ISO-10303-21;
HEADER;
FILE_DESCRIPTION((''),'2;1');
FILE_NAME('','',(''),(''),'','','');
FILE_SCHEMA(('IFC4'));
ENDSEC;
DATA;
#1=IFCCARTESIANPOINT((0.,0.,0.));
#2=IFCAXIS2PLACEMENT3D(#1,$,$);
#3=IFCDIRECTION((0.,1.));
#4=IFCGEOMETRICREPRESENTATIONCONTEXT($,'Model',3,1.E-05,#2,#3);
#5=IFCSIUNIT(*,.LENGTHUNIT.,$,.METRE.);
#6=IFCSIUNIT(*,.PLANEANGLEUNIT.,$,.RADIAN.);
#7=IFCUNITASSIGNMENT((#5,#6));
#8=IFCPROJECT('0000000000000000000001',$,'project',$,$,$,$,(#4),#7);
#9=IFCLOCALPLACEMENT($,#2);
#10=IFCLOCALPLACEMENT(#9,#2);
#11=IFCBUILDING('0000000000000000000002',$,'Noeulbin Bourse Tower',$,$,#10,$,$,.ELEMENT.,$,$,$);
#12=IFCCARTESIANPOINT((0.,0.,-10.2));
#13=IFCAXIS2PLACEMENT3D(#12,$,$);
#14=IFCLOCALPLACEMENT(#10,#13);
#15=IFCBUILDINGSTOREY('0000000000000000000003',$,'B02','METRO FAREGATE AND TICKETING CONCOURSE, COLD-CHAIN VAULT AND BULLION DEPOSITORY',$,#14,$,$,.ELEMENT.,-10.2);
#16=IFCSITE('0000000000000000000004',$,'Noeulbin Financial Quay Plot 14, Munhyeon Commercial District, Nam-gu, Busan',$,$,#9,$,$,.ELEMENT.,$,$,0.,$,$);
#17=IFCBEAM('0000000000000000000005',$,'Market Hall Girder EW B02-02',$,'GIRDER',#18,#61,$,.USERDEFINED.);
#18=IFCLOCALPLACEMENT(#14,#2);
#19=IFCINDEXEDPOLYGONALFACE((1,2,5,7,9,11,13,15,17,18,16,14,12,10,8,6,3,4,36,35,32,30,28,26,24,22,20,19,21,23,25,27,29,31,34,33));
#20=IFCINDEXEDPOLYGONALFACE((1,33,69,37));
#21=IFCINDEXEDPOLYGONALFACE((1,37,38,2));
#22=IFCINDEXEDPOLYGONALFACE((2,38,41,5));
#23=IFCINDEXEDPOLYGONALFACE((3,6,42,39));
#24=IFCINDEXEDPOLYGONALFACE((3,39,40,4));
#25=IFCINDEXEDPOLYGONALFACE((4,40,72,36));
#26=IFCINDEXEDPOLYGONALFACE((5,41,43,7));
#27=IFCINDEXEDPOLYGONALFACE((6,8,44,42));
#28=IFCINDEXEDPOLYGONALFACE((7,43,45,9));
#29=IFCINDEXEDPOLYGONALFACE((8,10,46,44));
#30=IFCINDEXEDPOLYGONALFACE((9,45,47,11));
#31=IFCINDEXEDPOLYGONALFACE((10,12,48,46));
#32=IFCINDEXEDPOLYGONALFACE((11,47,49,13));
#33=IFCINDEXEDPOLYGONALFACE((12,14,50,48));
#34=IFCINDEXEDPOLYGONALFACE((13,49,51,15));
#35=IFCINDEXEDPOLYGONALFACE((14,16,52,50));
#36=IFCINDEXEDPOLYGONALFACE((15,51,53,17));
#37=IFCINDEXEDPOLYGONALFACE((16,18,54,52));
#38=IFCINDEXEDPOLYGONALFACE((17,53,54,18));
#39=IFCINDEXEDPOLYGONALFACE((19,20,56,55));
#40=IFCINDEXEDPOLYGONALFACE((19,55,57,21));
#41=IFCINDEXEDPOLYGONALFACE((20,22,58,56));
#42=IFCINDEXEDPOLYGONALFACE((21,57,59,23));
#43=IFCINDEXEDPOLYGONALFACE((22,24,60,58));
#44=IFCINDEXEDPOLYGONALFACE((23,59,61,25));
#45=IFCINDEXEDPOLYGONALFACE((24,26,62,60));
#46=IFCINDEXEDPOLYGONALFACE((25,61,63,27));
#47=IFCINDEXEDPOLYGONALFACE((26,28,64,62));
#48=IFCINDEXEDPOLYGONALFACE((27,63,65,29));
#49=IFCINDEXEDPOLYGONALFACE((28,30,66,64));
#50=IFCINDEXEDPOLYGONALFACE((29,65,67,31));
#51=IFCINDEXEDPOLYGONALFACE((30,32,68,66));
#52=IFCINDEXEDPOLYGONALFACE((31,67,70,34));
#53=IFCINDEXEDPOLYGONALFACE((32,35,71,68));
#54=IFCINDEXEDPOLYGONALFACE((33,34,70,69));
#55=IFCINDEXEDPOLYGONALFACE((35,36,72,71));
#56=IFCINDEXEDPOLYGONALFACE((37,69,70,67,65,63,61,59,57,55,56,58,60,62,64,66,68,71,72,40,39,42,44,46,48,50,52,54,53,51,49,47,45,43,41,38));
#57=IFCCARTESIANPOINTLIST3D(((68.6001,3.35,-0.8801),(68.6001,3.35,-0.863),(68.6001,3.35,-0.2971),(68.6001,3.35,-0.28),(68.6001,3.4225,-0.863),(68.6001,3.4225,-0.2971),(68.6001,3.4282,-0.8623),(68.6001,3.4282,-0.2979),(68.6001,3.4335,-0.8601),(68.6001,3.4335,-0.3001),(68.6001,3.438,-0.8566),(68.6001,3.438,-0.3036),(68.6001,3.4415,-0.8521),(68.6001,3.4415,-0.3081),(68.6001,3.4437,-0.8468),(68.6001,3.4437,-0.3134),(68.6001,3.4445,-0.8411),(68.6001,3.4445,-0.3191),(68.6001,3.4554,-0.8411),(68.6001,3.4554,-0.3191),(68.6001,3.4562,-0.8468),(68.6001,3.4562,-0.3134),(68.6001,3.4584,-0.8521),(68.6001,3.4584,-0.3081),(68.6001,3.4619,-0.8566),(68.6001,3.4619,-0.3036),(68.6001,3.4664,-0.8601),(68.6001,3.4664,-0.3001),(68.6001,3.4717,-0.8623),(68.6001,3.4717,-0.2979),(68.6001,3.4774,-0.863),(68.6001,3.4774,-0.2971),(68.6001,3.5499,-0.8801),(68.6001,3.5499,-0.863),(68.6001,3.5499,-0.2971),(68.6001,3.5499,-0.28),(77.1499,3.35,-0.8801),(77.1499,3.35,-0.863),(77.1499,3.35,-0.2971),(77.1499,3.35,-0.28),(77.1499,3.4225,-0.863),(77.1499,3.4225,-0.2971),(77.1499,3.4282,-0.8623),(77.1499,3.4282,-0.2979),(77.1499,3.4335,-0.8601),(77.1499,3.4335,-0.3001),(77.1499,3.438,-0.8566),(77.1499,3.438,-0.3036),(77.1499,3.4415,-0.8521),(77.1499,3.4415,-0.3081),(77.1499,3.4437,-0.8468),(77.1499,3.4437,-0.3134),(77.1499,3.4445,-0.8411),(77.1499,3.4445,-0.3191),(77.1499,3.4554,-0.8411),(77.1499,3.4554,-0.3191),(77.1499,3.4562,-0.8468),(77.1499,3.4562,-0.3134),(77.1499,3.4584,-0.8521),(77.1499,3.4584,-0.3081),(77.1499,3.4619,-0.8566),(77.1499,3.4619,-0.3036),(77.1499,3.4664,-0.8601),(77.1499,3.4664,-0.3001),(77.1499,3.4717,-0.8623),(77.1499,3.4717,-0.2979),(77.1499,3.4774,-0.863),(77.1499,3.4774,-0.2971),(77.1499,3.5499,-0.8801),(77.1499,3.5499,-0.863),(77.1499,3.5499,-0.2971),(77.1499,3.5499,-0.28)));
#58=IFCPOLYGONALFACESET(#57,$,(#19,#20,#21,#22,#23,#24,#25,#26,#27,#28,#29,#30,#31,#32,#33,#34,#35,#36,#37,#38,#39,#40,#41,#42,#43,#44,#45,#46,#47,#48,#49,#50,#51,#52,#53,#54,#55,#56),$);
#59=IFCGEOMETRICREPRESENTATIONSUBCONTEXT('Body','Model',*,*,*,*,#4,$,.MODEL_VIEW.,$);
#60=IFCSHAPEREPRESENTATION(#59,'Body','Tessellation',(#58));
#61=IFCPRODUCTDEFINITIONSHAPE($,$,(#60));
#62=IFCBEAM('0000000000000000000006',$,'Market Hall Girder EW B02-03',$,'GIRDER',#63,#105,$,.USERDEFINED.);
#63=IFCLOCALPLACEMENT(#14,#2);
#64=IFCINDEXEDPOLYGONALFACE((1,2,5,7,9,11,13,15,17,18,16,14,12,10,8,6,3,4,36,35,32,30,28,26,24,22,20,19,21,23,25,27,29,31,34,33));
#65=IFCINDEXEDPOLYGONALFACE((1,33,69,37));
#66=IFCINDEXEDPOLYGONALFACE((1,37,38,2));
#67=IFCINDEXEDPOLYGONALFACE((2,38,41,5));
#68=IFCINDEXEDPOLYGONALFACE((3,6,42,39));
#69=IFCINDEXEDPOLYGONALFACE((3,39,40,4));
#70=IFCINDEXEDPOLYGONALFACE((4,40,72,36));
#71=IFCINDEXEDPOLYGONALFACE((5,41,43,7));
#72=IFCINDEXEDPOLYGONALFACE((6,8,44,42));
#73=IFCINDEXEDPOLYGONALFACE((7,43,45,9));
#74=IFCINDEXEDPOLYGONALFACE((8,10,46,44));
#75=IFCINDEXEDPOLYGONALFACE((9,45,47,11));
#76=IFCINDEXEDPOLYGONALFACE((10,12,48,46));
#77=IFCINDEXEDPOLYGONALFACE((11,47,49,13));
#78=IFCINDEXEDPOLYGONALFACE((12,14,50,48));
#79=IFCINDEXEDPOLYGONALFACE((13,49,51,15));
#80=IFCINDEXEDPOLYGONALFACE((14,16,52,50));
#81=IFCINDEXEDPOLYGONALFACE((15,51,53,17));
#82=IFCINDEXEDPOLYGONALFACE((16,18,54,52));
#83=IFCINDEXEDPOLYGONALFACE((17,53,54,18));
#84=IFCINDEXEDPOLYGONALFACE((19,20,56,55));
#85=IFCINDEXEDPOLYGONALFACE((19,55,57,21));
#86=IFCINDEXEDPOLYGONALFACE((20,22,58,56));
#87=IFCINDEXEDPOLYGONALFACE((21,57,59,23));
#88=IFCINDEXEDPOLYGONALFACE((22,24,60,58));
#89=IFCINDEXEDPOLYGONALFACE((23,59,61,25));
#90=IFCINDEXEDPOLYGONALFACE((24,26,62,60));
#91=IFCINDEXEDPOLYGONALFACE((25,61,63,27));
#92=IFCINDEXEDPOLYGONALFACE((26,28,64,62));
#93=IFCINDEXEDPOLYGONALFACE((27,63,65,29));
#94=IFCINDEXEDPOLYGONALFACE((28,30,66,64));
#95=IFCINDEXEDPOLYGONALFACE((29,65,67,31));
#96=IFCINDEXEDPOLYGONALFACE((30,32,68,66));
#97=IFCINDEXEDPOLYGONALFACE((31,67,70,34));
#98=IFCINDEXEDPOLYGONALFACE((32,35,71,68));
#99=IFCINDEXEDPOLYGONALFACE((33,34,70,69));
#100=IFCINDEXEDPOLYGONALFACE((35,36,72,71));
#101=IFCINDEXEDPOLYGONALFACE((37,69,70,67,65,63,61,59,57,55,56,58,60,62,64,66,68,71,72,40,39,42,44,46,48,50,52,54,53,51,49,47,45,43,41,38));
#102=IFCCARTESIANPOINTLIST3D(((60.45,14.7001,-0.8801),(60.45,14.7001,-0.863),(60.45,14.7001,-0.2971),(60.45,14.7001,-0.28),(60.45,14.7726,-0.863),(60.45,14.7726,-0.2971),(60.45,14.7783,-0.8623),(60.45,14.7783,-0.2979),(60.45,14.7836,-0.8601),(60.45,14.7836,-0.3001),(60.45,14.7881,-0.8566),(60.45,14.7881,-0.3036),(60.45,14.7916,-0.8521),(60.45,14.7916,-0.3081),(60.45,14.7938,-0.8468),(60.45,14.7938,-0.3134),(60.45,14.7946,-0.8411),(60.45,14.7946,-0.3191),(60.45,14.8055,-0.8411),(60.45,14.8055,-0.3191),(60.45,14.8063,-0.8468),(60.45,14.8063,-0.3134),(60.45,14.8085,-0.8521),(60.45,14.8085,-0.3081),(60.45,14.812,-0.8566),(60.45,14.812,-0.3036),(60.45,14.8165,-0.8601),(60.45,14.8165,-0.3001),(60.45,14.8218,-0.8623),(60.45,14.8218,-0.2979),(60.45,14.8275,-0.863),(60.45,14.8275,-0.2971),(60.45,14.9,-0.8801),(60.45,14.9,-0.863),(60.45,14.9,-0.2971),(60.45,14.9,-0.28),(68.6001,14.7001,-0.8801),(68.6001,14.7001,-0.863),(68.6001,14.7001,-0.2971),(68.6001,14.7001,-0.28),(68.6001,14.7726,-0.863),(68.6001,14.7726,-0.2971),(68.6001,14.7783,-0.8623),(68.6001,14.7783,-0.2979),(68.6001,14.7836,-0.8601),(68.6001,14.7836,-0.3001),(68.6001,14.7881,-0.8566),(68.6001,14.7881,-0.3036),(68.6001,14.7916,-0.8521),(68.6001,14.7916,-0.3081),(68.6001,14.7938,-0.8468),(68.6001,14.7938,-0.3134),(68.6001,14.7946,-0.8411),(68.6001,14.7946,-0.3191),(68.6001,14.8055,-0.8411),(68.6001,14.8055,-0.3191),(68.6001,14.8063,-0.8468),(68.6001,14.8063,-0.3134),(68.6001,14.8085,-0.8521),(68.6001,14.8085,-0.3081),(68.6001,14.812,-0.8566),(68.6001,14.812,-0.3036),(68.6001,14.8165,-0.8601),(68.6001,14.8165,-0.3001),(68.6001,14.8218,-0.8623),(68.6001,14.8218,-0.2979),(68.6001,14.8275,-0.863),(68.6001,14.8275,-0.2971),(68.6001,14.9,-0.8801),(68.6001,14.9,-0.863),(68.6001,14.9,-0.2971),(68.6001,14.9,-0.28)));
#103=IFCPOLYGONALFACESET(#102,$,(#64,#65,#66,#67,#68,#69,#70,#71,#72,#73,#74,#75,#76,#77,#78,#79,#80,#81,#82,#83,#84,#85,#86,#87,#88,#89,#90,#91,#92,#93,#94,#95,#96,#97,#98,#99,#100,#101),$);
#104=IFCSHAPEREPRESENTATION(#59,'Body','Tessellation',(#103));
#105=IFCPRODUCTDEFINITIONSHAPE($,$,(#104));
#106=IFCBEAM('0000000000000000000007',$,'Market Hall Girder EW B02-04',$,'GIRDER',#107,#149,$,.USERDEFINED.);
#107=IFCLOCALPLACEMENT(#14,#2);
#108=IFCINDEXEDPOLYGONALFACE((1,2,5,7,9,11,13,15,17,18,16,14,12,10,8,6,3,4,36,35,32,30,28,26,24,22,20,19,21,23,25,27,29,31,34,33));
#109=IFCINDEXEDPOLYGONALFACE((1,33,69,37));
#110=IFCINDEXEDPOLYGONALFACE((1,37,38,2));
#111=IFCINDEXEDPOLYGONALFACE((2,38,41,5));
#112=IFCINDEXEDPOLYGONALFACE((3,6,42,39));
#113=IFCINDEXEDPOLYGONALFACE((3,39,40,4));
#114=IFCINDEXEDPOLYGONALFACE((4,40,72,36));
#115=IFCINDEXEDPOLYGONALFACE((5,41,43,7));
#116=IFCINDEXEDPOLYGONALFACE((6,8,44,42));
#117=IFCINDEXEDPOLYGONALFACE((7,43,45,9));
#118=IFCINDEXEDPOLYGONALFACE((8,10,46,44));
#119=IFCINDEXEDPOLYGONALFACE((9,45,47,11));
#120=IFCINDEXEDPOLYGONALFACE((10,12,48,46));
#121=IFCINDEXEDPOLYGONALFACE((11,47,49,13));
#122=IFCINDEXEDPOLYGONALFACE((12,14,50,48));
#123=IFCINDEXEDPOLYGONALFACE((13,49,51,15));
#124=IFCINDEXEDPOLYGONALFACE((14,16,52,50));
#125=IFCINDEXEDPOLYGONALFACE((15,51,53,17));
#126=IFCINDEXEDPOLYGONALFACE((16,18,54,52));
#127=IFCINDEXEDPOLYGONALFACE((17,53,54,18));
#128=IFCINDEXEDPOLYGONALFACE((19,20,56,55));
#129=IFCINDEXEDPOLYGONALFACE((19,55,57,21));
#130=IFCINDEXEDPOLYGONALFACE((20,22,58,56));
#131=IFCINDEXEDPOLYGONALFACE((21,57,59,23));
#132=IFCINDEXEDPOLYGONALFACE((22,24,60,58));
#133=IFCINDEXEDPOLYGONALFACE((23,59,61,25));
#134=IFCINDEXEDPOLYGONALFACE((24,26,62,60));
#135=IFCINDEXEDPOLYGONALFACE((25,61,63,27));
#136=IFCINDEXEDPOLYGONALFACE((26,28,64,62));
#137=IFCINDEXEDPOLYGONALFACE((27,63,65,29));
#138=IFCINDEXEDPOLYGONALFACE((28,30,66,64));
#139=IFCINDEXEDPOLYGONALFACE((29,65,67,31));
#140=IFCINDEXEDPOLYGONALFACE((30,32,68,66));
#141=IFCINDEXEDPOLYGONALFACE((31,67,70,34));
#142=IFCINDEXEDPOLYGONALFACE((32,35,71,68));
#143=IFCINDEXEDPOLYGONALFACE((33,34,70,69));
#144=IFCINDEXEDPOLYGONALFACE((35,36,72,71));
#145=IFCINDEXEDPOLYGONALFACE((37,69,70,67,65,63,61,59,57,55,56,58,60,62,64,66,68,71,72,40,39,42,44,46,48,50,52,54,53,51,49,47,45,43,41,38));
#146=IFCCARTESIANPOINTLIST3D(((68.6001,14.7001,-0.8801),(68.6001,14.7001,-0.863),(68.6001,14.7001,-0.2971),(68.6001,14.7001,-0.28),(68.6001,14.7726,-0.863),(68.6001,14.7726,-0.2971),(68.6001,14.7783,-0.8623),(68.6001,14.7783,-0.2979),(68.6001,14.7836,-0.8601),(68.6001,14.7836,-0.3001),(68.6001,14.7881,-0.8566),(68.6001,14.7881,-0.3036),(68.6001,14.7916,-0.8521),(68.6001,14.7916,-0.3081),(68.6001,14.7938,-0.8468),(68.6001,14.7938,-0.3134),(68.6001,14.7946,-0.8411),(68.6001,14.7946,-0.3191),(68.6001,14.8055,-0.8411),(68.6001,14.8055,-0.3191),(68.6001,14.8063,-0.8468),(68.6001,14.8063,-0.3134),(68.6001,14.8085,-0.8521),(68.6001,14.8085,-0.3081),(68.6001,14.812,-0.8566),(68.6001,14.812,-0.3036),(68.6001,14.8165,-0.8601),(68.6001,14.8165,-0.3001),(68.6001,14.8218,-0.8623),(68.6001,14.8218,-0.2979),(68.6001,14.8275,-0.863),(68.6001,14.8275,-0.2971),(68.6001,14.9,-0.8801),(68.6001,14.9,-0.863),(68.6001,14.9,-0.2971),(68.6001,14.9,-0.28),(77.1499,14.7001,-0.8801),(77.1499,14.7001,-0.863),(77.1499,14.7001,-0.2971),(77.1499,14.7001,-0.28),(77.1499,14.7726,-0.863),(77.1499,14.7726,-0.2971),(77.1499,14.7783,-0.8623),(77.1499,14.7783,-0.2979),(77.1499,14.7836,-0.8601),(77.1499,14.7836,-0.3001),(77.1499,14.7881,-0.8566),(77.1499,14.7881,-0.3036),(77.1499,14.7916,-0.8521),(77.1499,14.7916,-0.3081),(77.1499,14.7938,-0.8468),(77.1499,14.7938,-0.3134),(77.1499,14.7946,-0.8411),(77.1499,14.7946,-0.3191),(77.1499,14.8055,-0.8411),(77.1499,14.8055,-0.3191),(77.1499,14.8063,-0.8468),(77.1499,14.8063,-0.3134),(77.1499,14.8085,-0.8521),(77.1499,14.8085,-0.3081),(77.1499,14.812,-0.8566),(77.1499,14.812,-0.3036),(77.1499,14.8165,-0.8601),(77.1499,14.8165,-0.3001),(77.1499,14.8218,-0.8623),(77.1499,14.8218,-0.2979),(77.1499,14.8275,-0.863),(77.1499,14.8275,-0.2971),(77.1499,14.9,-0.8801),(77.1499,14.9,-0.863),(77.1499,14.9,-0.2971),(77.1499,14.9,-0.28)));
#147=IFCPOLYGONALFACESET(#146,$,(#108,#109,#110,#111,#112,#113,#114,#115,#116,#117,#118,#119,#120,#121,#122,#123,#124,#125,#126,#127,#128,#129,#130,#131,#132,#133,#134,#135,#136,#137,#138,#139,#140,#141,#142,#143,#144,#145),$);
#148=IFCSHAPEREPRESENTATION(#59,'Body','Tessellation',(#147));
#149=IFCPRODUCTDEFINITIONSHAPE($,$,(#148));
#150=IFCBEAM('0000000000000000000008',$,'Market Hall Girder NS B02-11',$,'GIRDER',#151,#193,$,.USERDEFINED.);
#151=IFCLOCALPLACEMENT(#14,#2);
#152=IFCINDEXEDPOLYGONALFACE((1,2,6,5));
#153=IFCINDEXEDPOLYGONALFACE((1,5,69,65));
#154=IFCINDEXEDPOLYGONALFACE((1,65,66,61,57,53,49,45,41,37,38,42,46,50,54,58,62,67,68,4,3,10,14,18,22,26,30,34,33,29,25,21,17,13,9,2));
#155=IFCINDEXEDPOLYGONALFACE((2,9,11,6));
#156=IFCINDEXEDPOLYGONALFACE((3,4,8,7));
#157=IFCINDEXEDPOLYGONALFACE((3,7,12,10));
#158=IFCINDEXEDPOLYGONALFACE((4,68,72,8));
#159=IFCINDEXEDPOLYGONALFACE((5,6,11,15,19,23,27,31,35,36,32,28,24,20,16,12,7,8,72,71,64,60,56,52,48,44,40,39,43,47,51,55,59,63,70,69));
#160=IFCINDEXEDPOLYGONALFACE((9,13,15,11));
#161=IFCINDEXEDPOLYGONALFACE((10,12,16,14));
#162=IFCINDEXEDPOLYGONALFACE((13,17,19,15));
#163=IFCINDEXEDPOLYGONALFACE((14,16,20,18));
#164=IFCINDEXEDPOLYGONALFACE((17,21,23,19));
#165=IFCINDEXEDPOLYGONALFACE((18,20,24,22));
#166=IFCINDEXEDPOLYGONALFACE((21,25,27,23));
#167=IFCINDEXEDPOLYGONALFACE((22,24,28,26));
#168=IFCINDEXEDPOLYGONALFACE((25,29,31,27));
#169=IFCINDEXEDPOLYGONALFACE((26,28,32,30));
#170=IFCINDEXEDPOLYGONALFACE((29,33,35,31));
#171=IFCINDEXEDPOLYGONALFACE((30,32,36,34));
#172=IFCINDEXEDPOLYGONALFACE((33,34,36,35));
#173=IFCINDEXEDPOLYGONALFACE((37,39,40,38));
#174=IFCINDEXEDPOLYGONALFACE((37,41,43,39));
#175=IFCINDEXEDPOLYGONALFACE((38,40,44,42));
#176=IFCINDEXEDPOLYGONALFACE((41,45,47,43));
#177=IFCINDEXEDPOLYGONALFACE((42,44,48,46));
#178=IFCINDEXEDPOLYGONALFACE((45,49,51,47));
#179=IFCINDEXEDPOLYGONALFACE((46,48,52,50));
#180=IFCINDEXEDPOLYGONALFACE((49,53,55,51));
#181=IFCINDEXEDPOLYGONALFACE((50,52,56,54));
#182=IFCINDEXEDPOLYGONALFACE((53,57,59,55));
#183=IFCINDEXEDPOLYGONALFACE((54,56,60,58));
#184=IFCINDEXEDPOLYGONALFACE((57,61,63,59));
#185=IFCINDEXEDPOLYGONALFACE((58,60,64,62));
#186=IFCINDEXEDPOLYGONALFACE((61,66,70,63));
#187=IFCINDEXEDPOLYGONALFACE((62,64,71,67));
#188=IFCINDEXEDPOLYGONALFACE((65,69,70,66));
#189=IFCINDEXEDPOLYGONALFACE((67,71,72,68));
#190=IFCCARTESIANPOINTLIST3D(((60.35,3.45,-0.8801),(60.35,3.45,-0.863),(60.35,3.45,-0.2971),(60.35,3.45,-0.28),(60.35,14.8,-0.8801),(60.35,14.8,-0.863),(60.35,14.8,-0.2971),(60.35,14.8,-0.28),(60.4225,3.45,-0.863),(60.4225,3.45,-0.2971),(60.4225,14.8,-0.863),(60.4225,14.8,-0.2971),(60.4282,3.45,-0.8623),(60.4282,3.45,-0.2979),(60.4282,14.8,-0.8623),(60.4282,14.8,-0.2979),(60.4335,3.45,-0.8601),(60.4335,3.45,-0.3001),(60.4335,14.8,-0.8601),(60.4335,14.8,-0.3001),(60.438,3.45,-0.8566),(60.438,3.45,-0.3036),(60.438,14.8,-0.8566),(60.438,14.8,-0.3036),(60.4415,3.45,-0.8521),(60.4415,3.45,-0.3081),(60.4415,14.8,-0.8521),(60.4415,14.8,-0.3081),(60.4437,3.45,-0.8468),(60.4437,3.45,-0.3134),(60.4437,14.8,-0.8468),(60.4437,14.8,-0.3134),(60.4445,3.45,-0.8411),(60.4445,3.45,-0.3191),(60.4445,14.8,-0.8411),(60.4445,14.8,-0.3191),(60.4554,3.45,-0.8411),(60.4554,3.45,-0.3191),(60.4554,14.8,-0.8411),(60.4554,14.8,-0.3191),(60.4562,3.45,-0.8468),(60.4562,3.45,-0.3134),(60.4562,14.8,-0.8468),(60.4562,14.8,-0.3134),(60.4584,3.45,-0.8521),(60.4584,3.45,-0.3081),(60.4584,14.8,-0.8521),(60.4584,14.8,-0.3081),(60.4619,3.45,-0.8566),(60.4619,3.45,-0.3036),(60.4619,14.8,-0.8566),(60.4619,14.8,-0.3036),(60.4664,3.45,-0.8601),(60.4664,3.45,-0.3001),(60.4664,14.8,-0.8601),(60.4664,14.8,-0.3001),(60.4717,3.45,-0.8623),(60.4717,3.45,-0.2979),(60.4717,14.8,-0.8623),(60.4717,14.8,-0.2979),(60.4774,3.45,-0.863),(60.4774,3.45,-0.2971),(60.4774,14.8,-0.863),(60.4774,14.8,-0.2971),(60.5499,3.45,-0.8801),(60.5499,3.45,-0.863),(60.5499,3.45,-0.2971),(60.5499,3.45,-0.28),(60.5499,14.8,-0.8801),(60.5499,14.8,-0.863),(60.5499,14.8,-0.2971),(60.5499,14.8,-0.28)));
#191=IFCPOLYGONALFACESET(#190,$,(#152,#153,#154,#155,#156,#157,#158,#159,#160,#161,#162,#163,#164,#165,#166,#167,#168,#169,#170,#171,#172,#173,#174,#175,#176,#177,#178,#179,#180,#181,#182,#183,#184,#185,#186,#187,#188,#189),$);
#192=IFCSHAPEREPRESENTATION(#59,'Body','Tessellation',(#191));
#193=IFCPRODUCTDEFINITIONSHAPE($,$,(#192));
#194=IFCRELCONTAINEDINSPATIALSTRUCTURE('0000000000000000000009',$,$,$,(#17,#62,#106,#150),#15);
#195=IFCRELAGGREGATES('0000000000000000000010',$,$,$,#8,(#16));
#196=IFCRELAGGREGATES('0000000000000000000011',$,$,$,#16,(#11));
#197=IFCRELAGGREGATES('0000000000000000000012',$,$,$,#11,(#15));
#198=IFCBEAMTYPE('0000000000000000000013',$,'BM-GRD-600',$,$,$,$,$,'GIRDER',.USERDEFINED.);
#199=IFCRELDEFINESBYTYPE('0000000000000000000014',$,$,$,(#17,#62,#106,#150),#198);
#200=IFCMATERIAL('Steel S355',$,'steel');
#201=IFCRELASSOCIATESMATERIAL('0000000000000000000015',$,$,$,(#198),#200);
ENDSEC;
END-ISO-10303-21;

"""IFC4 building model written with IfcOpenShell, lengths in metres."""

from ifc_helpers import new_model, si_unit, direction, frame, origin, origin_2d, place, context, subcontext, project, spatial, i_section, extrude, material, material_profile, profile_set, type_object, element, save


model = new_model("IFC4")

# Units and contexts
model_context = context("Model", 3, precision=1e-05, world=origin(), true_north=direction((0.0, 1.0)))
body_context = subcontext(model_context, "Body", "Model", "MODEL_VIEW")
ifc_project = project(units=[si_unit("LENGTHUNIT", "METRE"), si_unit("PLANEANGLEUNIT", "RADIAN")], contexts=[model_context])

# Site, building, storey
site_placement = place(None, origin())
site = spatial("IfcSite", under=ifc_project, at=site_placement, Name="Noeulbin Financial Quay Plot 14, Munhyeon Commercial District, Nam-gu, Busan", CompositionType="ELEMENT", RefElevation=0.0)
building_placement = place(site_placement, origin())
building = spatial("IfcBuilding", under=site, at=building_placement, Name="Noeulbin Bourse Tower", CompositionType="ELEMENT")
storey_placement = place(building_placement, frame((0.0, 0.0, -10.2)))
storey = spatial("IfcBuildingStorey", under=building, at=storey_placement, Name="B02", Description="METRO FAREGATE AND TICKETING CONCOURSE, COLD-CHAIN VAULT AND BULLION DEPOSITORY", CompositionType="ELEMENT", Elevation=-10.2)

# Beams
ifc_material_1 = material(Name="Steel S355", Category="steel")
ifc_material_profile_1 = material_profile(ifc_material_1, i_section(OverallWidth=0.2, OverallDepth=0.6001, WebThickness=0.011, FlangeThickness=0.0171, FilletRadius=0.022, at=origin_2d()), Name="H-600x200x11x17", Category="LoadBearing")
ifc_profile_set_1 = profile_set([ifc_material_profile_1], Name="Steel S355")
beam_type_1 = type_object("IfcBeamType", Name="BM-GRD-600", ElementType="GIRDER", PredefinedType="USERDEFINED", material=ifc_profile_set_1)
beam_1_placement = place(storey_placement, frame((68.6001, 3.45, -0.5801), z_axis=(1.0, 0.0, 0.0), x_axis=(0.0, 1.0, 0.0)))
element("IfcBeam", 1, at=beam_1_placement, inside=storey, type_object=beam_type_1, Name="Market Hall Girder EW B02-02", ObjectType="GIRDER", PredefinedType="USERDEFINED", context=body_context, shape_type="SweptSolid", body=[
    extrude(i_section(OverallWidth=0.2, OverallDepth=0.6001, WebThickness=0.011, FlangeThickness=0.0171, FilletRadius=0.022, at=origin_2d()), origin(), (0.0, 0.0, 1.0), 8.5498),
])
beam_2_placement = place(storey_placement, frame((60.45, 14.8, -0.5801), z_axis=(1.0, 0.0, 0.0), x_axis=(0.0, 1.0, 0.0)))
element("IfcBeam", 2, at=beam_2_placement, inside=storey, type_object=beam_type_1, Name="Market Hall Girder EW B02-03", ObjectType="GIRDER", PredefinedType="USERDEFINED", context=body_context, shape_type="SweptSolid", body=[
    extrude(i_section(OverallWidth=0.2, OverallDepth=0.6001, WebThickness=0.011, FlangeThickness=0.0171, FilletRadius=0.022, at=origin_2d()), origin(), (0.0, 0.0, 1.0), 8.1501),
])
beam_3_placement = place(storey_placement, frame((68.6001, 14.8, -0.5801), z_axis=(1.0, 0.0, 0.0), x_axis=(0.0, 1.0, 0.0)))
element("IfcBeam", 3, at=beam_3_placement, inside=storey, type_object=beam_type_1, Name="Market Hall Girder EW B02-04", ObjectType="GIRDER", PredefinedType="USERDEFINED", context=body_context, shape_type="SweptSolid", body=[
    extrude(i_section(OverallWidth=0.2, OverallDepth=0.6001, WebThickness=0.011, FlangeThickness=0.0171, FilletRadius=0.022, at=origin_2d()), origin(), (0.0, 0.0, 1.0), 8.5498),
])
beam_4_placement = place(storey_placement, frame((60.45, 3.45, -0.5801), z_axis=(0.0, 1.0, 0.0), x_axis=(-1.0, 0.0, 0.0)))
element("IfcBeam", 4, at=beam_4_placement, inside=storey, type_object=beam_type_1, Name="Market Hall Girder NS B02-11", ObjectType="GIRDER", PredefinedType="USERDEFINED", context=body_context, shape_type="SweptSolid", body=[
    extrude(i_section(OverallWidth=0.2, OverallDepth=0.6001, WebThickness=0.011, FlangeThickness=0.0171, FilletRadius=0.022, at=origin_2d()), origin(), (0.0, 0.0, 1.0), 11.3501),
])

save(model, "model.ifc")
